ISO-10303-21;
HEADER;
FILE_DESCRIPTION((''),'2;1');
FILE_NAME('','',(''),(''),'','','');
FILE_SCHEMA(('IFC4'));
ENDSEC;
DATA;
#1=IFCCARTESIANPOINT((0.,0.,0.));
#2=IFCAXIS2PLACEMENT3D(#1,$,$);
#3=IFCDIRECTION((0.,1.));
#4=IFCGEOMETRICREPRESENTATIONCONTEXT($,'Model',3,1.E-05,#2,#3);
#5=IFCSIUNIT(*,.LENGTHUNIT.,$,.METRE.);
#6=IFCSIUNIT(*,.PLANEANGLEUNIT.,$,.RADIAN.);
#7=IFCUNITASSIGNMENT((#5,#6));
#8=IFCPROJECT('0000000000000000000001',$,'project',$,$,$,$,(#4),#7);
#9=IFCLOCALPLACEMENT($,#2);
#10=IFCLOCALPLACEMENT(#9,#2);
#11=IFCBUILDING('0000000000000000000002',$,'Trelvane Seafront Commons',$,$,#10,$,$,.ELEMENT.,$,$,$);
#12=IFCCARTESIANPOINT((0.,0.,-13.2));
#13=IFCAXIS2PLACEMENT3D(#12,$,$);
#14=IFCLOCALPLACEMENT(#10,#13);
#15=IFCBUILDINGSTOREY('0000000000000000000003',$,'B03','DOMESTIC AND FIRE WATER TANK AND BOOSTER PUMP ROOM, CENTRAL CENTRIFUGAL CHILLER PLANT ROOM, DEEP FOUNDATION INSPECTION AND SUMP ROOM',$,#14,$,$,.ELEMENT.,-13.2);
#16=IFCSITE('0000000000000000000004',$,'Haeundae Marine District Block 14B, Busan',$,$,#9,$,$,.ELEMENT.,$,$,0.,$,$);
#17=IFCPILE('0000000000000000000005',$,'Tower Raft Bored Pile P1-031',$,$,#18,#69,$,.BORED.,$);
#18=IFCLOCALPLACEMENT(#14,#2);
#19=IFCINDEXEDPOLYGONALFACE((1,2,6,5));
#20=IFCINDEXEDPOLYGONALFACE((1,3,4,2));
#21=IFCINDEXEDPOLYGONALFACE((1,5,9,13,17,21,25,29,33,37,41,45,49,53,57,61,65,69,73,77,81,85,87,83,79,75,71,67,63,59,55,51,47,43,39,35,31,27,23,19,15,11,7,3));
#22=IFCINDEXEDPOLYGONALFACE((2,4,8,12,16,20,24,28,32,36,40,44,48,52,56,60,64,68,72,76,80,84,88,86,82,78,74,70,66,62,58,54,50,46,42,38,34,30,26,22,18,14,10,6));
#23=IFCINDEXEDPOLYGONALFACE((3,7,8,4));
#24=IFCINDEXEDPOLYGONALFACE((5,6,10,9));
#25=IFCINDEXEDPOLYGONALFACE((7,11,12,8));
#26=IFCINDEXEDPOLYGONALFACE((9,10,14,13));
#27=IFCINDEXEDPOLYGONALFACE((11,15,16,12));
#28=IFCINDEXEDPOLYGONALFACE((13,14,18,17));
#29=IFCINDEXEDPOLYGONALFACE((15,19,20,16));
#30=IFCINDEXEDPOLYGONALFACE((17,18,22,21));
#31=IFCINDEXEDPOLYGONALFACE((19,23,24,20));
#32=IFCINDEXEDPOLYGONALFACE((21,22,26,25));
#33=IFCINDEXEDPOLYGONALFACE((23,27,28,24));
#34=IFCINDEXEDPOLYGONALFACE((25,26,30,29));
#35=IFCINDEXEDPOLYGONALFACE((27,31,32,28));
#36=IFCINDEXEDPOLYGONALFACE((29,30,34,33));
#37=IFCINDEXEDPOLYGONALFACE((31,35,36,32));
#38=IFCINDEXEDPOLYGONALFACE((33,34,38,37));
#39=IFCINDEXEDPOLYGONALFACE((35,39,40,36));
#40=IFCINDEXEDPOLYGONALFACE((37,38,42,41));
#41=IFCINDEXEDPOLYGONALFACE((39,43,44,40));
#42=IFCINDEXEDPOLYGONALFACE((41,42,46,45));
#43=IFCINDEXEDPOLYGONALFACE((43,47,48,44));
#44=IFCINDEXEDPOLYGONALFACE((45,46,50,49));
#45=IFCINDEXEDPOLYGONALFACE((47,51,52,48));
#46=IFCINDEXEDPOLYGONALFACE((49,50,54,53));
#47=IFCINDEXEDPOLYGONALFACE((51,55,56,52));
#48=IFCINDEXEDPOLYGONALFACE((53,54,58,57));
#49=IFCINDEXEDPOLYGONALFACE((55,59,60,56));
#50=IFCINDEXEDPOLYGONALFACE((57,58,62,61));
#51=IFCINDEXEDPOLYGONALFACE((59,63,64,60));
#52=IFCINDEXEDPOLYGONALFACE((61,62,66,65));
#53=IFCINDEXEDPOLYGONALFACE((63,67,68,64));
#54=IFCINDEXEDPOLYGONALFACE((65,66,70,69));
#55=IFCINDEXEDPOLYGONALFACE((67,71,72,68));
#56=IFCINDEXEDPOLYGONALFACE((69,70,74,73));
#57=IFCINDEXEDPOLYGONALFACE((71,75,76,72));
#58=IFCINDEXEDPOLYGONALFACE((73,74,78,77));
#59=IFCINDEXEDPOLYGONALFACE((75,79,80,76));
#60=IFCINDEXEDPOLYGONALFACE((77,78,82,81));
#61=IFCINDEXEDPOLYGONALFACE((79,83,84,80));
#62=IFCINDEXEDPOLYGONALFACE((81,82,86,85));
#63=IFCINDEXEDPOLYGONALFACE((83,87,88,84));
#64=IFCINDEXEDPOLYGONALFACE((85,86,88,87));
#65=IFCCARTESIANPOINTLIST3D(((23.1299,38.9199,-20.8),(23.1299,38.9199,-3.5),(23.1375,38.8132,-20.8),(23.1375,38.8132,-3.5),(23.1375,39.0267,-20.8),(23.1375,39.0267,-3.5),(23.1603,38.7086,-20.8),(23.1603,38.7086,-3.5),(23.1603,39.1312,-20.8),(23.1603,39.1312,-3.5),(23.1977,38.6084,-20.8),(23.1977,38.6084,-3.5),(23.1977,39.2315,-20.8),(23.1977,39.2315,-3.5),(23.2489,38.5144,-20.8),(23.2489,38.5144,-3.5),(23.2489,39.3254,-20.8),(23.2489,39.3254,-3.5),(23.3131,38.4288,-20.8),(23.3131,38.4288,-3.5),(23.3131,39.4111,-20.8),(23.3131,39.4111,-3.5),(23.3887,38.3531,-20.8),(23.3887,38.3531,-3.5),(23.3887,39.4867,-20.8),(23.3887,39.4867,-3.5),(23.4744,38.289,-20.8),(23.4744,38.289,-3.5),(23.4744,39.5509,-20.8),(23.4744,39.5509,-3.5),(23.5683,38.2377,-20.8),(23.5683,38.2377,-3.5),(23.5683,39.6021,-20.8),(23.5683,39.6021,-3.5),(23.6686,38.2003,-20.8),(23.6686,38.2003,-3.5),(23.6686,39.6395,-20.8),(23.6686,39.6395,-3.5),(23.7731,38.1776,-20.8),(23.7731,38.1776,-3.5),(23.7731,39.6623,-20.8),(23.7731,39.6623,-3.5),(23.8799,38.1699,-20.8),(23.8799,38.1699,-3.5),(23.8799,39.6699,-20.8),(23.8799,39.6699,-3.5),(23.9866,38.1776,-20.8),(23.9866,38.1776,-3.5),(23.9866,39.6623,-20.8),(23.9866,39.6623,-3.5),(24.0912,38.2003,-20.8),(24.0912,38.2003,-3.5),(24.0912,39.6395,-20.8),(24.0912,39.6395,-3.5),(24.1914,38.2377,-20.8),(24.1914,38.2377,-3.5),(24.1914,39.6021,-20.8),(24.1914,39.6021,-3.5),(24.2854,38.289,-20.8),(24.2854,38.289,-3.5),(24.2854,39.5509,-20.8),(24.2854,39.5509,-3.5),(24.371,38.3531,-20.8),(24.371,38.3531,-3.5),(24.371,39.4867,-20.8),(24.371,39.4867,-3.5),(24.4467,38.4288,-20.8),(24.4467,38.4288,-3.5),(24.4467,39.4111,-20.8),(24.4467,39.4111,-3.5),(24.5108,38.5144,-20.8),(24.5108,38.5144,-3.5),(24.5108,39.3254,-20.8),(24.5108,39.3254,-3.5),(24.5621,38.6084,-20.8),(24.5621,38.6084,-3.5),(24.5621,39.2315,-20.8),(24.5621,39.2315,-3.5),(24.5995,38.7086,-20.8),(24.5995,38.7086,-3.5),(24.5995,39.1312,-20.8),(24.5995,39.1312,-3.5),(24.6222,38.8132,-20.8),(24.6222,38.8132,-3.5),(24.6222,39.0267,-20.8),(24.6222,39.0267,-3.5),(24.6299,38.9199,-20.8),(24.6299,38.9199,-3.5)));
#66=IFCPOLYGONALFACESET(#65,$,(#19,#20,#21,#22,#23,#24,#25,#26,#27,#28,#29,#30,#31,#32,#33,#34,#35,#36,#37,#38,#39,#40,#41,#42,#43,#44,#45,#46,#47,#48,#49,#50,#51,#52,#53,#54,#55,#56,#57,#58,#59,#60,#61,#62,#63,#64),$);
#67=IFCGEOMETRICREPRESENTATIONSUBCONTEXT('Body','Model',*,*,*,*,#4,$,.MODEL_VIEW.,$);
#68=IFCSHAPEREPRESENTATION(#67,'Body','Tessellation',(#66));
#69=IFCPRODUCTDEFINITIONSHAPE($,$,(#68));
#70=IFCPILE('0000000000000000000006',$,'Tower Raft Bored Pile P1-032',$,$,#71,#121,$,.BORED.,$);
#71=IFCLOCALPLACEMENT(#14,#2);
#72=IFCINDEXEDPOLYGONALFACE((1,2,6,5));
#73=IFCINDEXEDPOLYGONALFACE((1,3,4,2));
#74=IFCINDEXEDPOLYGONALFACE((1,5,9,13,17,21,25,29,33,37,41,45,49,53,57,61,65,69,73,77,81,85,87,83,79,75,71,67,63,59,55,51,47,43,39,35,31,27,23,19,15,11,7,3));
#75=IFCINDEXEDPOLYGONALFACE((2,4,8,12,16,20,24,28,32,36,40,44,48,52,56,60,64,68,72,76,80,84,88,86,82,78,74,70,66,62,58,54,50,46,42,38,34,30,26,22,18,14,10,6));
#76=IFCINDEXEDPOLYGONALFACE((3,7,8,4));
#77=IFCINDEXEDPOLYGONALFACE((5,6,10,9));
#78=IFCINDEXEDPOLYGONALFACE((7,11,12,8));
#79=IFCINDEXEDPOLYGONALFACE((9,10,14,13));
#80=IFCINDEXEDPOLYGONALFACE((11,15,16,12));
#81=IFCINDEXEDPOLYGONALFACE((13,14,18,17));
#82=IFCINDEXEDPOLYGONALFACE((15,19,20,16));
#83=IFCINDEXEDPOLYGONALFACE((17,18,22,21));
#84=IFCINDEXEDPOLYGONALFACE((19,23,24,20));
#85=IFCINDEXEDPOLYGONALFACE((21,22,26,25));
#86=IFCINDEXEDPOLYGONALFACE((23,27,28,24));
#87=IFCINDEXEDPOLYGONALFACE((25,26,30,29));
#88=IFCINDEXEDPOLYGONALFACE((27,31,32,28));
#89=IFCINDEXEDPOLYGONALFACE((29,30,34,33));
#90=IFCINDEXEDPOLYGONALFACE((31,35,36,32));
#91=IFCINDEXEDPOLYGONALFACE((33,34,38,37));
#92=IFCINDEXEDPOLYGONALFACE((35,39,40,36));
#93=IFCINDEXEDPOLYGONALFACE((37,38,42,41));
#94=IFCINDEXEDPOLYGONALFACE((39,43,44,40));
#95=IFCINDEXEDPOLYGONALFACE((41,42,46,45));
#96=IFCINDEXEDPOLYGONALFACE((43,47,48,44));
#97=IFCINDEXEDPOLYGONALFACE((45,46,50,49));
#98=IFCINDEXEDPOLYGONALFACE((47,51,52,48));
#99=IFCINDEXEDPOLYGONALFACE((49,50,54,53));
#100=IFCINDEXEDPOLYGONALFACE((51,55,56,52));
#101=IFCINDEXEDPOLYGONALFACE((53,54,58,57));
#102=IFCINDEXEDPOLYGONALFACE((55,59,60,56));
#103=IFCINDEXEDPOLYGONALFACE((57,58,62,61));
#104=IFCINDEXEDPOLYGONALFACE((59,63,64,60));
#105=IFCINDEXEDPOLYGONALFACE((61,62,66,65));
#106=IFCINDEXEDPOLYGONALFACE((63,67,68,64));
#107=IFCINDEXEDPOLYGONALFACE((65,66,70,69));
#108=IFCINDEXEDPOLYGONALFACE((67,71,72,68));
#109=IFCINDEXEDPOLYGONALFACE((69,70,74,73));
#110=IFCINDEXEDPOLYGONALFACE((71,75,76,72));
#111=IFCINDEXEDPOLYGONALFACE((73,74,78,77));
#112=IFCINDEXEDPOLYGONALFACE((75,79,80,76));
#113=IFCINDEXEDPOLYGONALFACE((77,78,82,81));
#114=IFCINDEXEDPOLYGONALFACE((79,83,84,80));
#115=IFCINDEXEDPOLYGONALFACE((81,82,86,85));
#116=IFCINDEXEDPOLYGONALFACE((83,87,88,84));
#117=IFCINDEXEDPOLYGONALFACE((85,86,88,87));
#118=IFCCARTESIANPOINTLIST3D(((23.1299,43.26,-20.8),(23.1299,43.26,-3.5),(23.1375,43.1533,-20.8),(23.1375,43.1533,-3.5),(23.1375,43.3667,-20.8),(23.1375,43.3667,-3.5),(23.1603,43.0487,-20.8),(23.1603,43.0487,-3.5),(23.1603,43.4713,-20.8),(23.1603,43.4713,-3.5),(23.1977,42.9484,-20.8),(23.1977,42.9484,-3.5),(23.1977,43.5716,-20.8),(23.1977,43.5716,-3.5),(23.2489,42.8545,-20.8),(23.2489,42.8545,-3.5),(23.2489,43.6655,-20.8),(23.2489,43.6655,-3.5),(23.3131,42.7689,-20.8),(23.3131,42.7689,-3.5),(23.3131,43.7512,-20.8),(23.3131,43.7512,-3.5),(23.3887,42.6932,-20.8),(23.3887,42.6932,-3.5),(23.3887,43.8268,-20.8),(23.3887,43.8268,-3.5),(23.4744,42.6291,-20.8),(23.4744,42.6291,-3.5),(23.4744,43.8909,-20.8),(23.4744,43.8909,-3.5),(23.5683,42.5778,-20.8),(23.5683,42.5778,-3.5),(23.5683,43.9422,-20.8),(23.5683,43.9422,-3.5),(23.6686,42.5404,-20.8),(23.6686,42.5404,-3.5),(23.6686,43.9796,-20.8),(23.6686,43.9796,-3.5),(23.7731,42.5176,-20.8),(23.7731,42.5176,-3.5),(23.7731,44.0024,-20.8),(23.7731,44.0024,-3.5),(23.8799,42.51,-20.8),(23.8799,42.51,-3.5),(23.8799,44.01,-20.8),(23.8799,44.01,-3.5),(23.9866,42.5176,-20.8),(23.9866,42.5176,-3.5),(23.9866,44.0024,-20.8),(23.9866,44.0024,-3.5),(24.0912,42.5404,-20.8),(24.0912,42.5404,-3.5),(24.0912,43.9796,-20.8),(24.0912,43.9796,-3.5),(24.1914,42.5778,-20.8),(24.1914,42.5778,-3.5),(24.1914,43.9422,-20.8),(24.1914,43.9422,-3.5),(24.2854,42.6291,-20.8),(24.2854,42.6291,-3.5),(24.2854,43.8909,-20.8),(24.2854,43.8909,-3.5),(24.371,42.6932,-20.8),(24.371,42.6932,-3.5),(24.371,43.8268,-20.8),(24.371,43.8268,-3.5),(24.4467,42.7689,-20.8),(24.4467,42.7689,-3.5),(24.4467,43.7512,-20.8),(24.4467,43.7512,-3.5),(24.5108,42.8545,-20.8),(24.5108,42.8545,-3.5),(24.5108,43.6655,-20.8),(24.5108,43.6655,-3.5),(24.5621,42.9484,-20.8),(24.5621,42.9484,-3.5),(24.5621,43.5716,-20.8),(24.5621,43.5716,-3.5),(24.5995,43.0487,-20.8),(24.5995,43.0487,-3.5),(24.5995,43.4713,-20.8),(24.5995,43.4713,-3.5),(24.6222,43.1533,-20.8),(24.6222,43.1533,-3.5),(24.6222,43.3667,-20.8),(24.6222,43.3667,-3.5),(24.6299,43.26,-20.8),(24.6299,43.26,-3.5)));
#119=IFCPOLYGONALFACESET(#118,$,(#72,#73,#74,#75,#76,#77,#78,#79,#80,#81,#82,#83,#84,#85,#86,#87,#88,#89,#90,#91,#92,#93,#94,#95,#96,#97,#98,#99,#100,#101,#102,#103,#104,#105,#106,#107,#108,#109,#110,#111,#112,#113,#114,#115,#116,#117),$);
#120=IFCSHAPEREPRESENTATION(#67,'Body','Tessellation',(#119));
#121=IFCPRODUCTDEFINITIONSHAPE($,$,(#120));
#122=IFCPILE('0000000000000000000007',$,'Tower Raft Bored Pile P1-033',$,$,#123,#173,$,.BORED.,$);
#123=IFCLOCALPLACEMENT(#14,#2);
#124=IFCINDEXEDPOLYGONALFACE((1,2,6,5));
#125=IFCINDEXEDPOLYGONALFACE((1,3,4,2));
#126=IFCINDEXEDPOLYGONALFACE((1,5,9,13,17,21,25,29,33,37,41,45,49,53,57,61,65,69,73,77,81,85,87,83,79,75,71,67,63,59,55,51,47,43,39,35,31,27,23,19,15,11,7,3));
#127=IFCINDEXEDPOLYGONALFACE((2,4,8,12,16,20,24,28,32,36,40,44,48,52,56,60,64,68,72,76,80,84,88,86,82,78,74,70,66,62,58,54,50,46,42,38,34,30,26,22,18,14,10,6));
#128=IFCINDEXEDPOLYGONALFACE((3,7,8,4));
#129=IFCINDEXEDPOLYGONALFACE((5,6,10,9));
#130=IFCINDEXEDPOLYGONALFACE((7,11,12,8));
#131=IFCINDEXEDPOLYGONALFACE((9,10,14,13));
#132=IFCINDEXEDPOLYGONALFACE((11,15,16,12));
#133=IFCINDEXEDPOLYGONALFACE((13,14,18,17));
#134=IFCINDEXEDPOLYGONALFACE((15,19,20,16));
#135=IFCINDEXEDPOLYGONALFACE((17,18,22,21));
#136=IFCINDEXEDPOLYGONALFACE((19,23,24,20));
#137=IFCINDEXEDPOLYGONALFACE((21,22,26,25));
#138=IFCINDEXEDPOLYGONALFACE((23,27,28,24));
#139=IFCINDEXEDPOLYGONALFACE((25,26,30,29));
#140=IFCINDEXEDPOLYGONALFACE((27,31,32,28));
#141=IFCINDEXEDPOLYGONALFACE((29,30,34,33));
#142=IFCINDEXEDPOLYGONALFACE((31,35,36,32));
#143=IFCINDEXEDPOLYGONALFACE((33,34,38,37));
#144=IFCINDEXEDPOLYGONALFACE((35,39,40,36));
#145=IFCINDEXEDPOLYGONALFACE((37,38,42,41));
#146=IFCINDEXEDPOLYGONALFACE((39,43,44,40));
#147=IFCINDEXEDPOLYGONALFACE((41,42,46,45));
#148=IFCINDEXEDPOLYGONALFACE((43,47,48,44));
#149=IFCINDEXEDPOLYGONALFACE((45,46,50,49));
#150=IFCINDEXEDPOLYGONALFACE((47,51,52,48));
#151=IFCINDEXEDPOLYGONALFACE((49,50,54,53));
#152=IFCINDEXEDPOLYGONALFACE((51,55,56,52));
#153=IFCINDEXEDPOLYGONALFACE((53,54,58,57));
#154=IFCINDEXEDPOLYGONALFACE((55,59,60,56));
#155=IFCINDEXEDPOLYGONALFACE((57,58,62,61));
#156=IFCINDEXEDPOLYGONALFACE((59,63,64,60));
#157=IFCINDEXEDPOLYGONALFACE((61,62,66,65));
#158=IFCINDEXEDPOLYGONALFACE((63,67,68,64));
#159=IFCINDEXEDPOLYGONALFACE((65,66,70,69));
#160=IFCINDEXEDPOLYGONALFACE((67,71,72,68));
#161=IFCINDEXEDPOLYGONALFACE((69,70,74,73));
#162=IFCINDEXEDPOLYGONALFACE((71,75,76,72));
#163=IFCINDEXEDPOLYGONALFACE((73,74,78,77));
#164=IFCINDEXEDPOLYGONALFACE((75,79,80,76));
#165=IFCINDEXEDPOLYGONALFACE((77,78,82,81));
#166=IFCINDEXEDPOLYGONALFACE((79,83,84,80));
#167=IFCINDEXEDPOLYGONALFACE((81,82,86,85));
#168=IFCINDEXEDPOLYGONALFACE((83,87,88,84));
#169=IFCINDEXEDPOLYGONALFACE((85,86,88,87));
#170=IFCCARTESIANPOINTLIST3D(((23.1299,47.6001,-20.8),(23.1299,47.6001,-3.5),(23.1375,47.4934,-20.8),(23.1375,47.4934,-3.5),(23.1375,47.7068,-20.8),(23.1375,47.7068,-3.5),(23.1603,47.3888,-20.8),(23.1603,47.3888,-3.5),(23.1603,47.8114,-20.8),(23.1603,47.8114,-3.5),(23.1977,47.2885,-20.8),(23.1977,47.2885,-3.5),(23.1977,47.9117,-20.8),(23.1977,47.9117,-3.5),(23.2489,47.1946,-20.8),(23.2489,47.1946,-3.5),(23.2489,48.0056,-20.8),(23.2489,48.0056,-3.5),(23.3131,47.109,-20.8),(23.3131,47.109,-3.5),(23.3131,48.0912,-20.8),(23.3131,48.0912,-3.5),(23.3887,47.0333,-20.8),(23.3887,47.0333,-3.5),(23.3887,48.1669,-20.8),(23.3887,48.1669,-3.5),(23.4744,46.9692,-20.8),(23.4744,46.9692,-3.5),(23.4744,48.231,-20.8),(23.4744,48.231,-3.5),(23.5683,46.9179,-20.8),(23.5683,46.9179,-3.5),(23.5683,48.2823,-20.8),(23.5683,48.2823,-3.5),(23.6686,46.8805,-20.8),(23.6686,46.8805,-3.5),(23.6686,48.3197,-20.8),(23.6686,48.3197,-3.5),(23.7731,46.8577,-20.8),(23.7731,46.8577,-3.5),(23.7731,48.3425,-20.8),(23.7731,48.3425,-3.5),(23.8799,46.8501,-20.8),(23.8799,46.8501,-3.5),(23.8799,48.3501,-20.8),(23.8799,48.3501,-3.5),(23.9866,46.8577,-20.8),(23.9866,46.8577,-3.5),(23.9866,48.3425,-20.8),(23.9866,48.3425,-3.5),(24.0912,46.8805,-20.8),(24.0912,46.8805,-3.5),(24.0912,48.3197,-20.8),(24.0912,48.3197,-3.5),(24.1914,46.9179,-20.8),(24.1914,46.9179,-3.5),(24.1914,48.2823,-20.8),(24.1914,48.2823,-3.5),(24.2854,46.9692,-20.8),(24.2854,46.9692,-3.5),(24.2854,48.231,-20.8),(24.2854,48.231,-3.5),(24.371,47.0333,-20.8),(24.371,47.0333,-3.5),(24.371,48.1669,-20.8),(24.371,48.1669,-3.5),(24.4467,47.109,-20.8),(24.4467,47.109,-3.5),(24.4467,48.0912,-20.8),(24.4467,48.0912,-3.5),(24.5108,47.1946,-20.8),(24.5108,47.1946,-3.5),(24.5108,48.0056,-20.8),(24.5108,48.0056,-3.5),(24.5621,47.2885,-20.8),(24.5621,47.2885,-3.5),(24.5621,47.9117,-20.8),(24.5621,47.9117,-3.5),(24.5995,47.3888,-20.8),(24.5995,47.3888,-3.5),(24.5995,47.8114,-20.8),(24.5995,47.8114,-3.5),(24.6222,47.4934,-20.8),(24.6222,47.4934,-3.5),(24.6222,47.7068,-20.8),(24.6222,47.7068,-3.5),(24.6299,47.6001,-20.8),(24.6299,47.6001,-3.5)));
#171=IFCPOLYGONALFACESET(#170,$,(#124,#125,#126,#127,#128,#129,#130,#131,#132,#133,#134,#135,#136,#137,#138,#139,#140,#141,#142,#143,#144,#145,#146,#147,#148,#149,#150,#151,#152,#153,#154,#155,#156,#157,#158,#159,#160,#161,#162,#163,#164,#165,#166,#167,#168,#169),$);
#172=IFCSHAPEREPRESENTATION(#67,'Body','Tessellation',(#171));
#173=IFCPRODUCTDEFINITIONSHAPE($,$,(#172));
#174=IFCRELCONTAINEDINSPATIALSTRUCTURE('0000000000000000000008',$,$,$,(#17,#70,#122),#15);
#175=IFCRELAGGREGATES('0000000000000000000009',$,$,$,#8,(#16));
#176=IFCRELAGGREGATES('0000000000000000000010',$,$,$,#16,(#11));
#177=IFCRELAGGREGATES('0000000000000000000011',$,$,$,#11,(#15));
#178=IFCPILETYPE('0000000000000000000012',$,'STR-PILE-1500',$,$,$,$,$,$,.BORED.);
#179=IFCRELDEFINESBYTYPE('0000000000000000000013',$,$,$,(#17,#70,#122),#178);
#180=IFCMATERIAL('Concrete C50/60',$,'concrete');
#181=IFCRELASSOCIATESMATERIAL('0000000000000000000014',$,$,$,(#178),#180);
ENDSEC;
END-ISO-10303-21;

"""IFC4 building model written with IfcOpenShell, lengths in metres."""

from ifc_helpers import new_model, si_unit, direction, frame, origin, origin_2d, place, context, subcontext, project, spatial, circle, extrude, source, transform, mapped, material, material_profile, profile_set, type_object, element, save


model = new_model("IFC4")

# Units and contexts
model_context = context("Model", 3, precision=1e-05, world=origin(), true_north=direction((0.0, 1.0)))
body_context = subcontext(model_context, "Body", "Model", "MODEL_VIEW")
ifc_project = project(units=[si_unit("LENGTHUNIT", "METRE"), si_unit("PLANEANGLEUNIT", "RADIAN")], contexts=[model_context])

# Site, building, storey
site_placement = place(None, origin())
site = spatial("IfcSite", under=ifc_project, at=site_placement, Name="Haeundae Marine District Block 14B, Busan", CompositionType="ELEMENT", RefElevation=0.0)
building_placement = place(site_placement, origin())
building = spatial("IfcBuilding", under=site, at=building_placement, Name="Trelvane Seafront Commons", CompositionType="ELEMENT")
storey_placement = place(building_placement, frame((0.0, 0.0, -13.2)))
storey = spatial("IfcBuildingStorey", under=building, at=storey_placement, Name="B03", Description="DOMESTIC AND FIRE WATER TANK AND BOOSTER PUMP ROOM, CENTRAL CENTRIFUGAL CHILLER PLANT ROOM, DEEP FOUNDATION INSPECTION AND SUMP ROOM", CompositionType="ELEMENT", Elevation=-13.2)

# Piles
ifc_material_1 = material(Name="Concrete C50/60", Category="concrete")
ifc_material_profile_1 = material_profile(ifc_material_1, circle(Radius=0.75, at=origin_2d()), Name="PILE-1500")
ifc_profile_set_1 = profile_set([ifc_material_profile_1], Name="Concrete C50/60")
pile_type = type_object("IfcPileType", Name="STR-PILE-1500", PredefinedType="BORED", material=ifc_profile_set_1)
shared_shape_1 = source(origin(), body_context, "Body", "SweptSolid", [
    extrude(circle(Radius=0.75, at=origin_2d()), origin(), (0.0, 0.0, 1.0), 17.3),
])
for number, where, z_axis, x_axis, name in (
    (1, (23.8799, 38.9199, -3.5), (0.0, 0.0, -1.0), (1.0, 0.0, 0.0), "Tower Raft Bored Pile P1-031"),
    (2, (23.8799, 43.26, -3.5), (0.0, 0.0, -1.0), (1.0, 0.0, 0.0), "Tower Raft Bored Pile P1-032"),
    (3, (23.8799, 47.6001, -3.5), (0.0, 0.0, -1.0), (1.0, 0.0, 0.0), "Tower Raft Bored Pile P1-033"),
):
    element("IfcPile", number, at=place(storey_placement, frame(where, z_axis=z_axis, x_axis=x_axis)), inside=storey, type_object=pile_type, Name=name, PredefinedType="BORED", context=body_context, shape_type="MappedRepresentation", body=[
        mapped(shared_shape_1, transform((0.0, 0.0, 0.0), x_axis=(1.0, 0.0, 0.0), y_axis=(0.0, 1.0, 0.0), z_axis=(0.0, 0.0, 1.0), scale=1.0)),
    ])

save(model, "model.ifc")
